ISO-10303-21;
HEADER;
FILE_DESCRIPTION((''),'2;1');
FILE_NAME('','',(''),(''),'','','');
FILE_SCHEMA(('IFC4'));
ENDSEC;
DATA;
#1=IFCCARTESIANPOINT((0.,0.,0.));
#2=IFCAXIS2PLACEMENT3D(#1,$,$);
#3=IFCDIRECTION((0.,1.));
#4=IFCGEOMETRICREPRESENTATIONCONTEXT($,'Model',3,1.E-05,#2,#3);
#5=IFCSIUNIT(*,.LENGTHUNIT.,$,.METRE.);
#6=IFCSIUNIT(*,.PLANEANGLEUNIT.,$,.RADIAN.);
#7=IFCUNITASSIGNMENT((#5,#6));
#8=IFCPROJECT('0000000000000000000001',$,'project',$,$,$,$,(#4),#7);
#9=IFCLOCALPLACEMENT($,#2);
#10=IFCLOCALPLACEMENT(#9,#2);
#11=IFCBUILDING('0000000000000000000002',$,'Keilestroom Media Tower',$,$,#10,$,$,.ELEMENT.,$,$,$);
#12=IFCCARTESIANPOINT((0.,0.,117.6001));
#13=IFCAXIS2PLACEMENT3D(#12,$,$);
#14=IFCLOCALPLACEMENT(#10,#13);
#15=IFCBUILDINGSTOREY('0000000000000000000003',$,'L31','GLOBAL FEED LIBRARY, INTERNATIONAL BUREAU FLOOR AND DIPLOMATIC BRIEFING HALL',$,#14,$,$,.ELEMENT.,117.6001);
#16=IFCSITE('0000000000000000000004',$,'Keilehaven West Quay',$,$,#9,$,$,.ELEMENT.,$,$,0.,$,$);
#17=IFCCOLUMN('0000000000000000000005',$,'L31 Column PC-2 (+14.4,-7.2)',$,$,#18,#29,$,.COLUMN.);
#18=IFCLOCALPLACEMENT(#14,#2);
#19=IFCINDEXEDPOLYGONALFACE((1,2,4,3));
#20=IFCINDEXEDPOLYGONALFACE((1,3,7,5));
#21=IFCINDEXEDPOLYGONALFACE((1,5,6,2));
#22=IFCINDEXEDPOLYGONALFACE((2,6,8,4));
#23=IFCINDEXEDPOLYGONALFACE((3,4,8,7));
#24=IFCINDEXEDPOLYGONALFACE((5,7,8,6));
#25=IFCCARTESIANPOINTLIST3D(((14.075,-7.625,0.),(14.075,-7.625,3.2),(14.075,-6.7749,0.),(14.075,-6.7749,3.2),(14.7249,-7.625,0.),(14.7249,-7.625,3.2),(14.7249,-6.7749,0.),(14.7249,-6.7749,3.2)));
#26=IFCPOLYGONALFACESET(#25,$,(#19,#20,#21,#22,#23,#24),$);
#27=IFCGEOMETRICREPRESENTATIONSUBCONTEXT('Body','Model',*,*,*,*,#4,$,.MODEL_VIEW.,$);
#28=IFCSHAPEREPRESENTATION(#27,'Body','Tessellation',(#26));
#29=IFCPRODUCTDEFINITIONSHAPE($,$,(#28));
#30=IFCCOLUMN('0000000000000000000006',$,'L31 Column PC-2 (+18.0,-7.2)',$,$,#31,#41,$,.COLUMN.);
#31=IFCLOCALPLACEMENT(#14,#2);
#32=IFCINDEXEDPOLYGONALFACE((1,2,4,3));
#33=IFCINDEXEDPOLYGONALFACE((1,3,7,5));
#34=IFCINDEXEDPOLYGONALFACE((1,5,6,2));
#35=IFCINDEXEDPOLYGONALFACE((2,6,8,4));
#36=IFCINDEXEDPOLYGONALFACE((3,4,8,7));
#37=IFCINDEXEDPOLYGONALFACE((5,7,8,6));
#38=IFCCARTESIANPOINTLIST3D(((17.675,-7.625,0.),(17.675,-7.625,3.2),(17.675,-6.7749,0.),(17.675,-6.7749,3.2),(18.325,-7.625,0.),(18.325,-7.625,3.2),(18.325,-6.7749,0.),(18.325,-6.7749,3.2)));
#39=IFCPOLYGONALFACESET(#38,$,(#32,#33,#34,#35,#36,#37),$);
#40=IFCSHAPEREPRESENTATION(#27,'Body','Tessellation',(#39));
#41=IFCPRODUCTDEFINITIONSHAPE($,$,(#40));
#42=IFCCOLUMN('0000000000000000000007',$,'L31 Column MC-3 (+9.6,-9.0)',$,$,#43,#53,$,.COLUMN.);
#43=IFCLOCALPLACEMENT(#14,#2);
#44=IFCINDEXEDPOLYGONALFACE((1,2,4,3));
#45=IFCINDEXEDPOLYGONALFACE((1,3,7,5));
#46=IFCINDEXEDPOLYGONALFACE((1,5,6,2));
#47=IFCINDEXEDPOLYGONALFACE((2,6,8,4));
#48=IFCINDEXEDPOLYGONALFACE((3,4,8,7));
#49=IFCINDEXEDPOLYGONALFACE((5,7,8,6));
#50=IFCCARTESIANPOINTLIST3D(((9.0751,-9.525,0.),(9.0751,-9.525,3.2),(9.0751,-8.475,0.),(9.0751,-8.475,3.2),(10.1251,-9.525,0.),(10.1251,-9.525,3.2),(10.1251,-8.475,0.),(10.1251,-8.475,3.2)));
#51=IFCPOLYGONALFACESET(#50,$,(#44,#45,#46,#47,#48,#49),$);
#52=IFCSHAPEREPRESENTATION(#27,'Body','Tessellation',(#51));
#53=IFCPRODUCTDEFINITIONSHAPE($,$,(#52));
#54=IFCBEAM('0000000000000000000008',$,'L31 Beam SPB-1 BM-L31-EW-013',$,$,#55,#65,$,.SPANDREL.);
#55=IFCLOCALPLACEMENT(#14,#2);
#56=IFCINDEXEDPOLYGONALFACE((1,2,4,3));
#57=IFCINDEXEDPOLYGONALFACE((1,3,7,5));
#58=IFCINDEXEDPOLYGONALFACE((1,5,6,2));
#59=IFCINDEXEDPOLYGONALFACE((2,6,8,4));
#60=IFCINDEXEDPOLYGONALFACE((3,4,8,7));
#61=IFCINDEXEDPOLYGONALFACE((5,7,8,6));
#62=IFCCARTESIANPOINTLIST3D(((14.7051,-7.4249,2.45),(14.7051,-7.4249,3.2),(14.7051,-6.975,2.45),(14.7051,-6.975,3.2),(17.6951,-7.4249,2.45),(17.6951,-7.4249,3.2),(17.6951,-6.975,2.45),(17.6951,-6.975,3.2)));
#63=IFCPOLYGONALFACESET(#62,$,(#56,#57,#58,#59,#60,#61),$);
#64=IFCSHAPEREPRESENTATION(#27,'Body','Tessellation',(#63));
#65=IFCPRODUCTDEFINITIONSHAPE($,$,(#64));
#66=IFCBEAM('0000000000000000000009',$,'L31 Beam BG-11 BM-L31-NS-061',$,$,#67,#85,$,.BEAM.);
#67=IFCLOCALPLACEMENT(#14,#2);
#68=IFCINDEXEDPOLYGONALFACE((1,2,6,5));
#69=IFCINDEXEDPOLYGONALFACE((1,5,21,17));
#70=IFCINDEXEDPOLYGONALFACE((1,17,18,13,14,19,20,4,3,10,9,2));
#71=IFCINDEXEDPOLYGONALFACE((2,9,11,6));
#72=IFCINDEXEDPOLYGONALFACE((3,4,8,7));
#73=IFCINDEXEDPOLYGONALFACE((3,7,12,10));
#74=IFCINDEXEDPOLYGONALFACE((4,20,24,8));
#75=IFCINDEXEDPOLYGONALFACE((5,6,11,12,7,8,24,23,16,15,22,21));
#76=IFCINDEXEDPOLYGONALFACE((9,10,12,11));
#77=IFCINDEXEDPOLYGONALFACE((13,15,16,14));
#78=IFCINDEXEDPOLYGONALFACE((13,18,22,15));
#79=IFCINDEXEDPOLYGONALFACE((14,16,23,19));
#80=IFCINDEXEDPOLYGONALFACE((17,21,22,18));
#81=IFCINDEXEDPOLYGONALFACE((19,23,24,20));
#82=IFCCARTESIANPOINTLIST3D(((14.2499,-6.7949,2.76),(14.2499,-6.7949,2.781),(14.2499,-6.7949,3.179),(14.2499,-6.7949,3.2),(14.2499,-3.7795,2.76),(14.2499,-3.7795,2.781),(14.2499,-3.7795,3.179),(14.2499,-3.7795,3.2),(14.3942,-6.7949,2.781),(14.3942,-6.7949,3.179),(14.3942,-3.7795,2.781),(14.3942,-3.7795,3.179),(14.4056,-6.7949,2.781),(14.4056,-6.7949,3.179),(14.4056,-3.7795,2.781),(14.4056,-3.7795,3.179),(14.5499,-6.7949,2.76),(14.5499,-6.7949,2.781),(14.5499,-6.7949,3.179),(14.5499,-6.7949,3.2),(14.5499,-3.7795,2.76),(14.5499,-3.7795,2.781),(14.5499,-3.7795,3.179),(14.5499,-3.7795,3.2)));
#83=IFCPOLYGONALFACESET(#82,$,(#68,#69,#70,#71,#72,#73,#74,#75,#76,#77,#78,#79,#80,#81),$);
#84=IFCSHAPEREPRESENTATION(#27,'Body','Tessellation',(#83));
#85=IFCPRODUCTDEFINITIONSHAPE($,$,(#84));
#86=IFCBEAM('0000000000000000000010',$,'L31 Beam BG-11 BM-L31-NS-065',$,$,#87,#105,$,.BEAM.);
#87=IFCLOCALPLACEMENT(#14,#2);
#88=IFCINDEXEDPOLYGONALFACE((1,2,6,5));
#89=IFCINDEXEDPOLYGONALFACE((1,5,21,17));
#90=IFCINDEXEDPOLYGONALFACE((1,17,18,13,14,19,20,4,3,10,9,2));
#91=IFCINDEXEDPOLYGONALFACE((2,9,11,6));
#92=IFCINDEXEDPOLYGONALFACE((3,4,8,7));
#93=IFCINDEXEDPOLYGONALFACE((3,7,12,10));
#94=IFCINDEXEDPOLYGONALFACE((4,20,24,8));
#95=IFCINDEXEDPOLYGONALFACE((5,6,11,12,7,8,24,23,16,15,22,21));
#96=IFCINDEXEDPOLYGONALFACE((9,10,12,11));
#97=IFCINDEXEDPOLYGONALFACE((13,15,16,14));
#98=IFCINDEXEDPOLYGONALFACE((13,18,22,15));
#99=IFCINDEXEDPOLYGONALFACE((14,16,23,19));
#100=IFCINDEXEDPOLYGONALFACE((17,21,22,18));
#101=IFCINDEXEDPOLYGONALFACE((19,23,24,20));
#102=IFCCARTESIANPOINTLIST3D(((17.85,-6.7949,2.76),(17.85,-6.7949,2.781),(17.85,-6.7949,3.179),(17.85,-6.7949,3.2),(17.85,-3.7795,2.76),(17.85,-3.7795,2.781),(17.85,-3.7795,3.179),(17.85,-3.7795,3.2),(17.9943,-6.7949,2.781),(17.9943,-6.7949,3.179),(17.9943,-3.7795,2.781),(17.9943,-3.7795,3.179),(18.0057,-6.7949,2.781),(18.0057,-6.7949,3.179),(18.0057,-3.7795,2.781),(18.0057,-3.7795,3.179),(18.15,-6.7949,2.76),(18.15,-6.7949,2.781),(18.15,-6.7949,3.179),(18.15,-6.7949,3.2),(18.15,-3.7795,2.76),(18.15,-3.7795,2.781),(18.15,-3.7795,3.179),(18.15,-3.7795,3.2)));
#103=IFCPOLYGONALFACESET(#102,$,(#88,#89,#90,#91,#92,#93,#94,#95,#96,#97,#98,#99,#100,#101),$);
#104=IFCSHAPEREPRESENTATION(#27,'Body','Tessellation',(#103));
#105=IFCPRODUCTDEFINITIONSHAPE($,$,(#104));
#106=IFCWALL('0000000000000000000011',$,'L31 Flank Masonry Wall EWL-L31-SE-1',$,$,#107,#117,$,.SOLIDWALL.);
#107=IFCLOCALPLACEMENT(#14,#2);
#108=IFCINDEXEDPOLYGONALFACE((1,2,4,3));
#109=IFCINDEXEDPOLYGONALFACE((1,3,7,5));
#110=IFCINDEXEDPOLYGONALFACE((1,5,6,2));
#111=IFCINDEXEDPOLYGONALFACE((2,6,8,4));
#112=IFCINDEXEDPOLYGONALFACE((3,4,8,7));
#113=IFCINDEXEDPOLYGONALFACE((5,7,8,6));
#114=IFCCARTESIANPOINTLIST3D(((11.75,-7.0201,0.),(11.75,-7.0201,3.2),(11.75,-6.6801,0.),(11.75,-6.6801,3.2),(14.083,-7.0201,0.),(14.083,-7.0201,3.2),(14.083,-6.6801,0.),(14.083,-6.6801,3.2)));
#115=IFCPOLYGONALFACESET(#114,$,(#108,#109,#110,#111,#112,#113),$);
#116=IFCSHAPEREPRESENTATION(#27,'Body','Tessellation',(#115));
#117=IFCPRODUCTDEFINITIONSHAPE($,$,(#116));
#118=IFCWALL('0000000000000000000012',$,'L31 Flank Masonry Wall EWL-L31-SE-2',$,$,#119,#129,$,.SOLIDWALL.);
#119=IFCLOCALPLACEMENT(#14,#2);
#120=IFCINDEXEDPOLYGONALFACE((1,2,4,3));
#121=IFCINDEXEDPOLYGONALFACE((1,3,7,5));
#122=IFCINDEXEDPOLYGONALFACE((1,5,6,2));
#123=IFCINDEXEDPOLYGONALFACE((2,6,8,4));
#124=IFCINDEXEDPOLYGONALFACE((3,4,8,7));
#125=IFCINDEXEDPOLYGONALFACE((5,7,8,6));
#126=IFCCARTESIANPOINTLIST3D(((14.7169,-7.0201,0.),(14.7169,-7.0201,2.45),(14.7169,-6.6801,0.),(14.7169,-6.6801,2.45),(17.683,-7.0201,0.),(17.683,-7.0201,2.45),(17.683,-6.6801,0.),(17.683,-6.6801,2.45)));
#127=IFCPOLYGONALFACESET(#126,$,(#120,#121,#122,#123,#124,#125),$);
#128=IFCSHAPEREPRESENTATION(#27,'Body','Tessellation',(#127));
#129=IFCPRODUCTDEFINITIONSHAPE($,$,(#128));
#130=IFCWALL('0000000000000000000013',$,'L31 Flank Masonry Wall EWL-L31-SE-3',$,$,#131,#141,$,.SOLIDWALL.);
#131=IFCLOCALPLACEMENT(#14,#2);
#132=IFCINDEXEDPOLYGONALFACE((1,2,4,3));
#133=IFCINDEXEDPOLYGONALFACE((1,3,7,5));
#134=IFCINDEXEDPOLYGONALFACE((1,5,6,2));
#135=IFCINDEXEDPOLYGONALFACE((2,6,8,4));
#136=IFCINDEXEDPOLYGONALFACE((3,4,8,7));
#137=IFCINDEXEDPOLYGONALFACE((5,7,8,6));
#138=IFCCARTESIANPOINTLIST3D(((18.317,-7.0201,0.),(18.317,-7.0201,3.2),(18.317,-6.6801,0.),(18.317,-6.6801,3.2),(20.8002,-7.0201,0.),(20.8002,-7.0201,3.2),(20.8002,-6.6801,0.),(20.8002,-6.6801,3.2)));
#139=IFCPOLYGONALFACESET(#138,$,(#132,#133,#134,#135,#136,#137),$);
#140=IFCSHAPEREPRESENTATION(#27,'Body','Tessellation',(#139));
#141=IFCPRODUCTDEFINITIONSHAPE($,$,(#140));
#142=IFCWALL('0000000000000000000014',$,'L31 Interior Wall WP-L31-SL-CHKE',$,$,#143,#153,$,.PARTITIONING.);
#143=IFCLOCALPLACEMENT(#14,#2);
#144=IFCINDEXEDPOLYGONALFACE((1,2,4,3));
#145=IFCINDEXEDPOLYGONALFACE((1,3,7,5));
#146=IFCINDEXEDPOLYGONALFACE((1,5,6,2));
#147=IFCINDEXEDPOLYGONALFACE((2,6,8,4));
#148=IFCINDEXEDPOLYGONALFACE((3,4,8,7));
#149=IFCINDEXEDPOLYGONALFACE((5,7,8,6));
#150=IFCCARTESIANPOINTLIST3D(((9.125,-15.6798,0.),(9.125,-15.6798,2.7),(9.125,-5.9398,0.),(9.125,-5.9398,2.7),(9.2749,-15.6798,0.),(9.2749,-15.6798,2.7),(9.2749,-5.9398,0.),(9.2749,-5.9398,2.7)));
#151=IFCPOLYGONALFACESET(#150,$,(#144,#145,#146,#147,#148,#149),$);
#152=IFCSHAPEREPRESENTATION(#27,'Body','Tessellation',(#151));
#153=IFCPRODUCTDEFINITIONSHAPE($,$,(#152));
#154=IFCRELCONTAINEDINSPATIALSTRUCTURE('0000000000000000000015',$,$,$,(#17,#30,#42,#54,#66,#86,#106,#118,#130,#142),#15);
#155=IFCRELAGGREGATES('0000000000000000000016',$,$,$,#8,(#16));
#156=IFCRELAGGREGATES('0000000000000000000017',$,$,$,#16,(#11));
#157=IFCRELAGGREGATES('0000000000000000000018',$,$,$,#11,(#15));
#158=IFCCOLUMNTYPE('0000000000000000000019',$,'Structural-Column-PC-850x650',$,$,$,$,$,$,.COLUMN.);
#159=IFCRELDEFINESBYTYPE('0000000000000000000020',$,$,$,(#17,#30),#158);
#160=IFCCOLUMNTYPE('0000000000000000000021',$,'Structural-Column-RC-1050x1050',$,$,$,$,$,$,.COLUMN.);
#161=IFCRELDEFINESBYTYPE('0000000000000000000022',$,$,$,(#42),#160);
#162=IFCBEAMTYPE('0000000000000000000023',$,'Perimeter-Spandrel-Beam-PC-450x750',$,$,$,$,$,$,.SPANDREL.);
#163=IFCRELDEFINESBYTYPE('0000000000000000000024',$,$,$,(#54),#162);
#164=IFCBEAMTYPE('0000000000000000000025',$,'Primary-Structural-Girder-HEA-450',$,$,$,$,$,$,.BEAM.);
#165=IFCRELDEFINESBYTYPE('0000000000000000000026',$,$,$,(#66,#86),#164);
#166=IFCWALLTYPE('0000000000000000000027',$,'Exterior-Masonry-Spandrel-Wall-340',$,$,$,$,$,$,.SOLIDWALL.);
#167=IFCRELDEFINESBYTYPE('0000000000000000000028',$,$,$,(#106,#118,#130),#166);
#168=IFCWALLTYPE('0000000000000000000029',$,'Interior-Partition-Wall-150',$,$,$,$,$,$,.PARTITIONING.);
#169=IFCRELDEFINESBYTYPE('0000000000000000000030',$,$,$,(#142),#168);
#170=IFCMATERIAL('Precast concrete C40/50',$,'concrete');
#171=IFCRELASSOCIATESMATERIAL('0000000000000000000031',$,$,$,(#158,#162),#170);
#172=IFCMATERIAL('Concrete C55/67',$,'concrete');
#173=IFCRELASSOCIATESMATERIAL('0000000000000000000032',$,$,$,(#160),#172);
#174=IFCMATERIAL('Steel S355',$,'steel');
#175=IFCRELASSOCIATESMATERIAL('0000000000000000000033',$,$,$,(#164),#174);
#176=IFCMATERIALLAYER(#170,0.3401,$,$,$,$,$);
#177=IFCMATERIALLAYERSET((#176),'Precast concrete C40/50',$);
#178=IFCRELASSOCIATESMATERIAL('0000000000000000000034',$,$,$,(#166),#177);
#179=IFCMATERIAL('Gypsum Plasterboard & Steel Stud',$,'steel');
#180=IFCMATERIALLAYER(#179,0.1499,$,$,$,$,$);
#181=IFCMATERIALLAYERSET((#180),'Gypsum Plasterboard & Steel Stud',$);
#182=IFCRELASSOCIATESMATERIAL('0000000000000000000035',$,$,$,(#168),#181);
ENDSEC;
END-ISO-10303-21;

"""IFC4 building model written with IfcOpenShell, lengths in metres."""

from ifc_helpers import new_model, si_unit, direction, frame, frame_2d, origin, origin_2d, place, context, subcontext, project, spatial, rectangle, i_section, extrude, source, transform, mapped, material, layer, layer_set, material_profile, profile_set, type_object, element, save


model = new_model("IFC4")

# Units and contexts
model_context = context("Model", 3, precision=1e-05, world=origin(), true_north=direction((0.0, 1.0)))
body_context = subcontext(model_context, "Body", "Model", "MODEL_VIEW")
ifc_project = project(units=[si_unit("LENGTHUNIT", "METRE"), si_unit("PLANEANGLEUNIT", "RADIAN")], contexts=[model_context])

# Site, building, storey
site_placement = place(None, origin())
site = spatial("IfcSite", under=ifc_project, at=site_placement, Name="Keilehaven West Quay", CompositionType="ELEMENT", RefElevation=0.0)
building_placement = place(site_placement, origin())
building = spatial("IfcBuilding", under=site, at=building_placement, Name="Keilestroom Media Tower", CompositionType="ELEMENT")
storey_placement = place(building_placement, frame((0.0, 0.0, 117.6001)))
storey = spatial("IfcBuildingStorey", under=building, at=storey_placement, Name="L31", Description="GLOBAL FEED LIBRARY, INTERNATIONAL BUREAU FLOOR AND DIPLOMATIC BRIEFING HALL", CompositionType="ELEMENT", Elevation=117.6001)

# Columns
ifc_material_1 = material(Name="Precast concrete C40/50", Category="concrete")
ifc_material_profile_1 = material_profile(ifc_material_1, rectangle(XDim=0.6499, YDim=0.8501, at=origin_2d()), Name="PC 850x650")
ifc_profile_set_1 = profile_set([ifc_material_profile_1], Name="Precast concrete C40/50")
column_type_1 = type_object("IfcColumnType", Name="Structural-Column-PC-850x650", PredefinedType="COLUMN", material=ifc_profile_set_1)
shared_shape_1 = source(origin(), body_context, "Body", "SweptSolid", [
    extrude(rectangle(XDim=0.6499, YDim=0.8501, at=origin_2d()), origin(), (0.0, 0.0, 1.0), 3.2),
])
for number, where, z_axis, x_axis, name in (
    (1, (14.3999, -7.2, 0.0), (0.0, 0.0, 1.0), (1.0, 0.0, 0.0), "L31 Column PC-2 (+14.4,-7.2)"),
    (2, (18.0, -7.2, 0.0), (0.0, 0.0, 1.0), (1.0, 0.0, 0.0), "L31 Column PC-2 (+18.0,-7.2)"),
):
    element("IfcColumn", number, at=place(storey_placement, frame(where, z_axis=z_axis, x_axis=x_axis)), inside=storey, type_object=column_type_1, Name=name, PredefinedType="COLUMN", context=body_context, shape_type="MappedRepresentation", body=[
        mapped(shared_shape_1, transform((0.0, 0.0, 0.0), x_axis=(1.0, 0.0, 0.0), y_axis=(0.0, 1.0, 0.0), z_axis=(0.0, 0.0, 1.0), scale=1.0)),
    ])
ifc_material_2 = material(Name="Concrete C55/67", Category="concrete")
ifc_material_profile_2 = material_profile(ifc_material_2, rectangle(XDim=1.05, YDim=1.05, at=origin_2d()), Name="RC 1050x1050")
ifc_profile_set_2 = profile_set([ifc_material_profile_2], Name="Concrete C55/67")
column_type_2 = type_object("IfcColumnType", Name="Structural-Column-RC-1050x1050", PredefinedType="COLUMN", material=ifc_profile_set_2)
shared_shape_2 = source(origin(), body_context, "Body", "SweptSolid", [
    extrude(rectangle(XDim=1.05, YDim=1.05, at=origin_2d()), origin(), (0.0, 0.0, 1.0), 3.2),
])
column_placement = place(storey_placement, frame((9.6001, -9.0, 0.0), z_axis=(0.0, 0.0, 1.0), x_axis=(1.0, 0.0, 0.0)))
element("IfcColumn", 3, at=column_placement, inside=storey, type_object=column_type_2, Name="L31 Column MC-3 (+9.6,-9.0)", PredefinedType="COLUMN", context=body_context, shape_type="MappedRepresentation", body=[
    mapped(shared_shape_2, transform((0.0, 0.0, 0.0), x_axis=(1.0, 0.0, 0.0), y_axis=(0.0, 1.0, 0.0), z_axis=(0.0, 0.0, 1.0), scale=1.0)),
])

# Beams
ifc_material_profile_3 = material_profile(ifc_material_1, rectangle(XDim=0.45, YDim=0.75, at=origin_2d()), Name="PC 450x750")
ifc_profile_set_3 = profile_set([ifc_material_profile_3], Name="Precast concrete C40/50")
beam_type_1 = type_object("IfcBeamType", Name="Perimeter-Spandrel-Beam-PC-450x750", PredefinedType="SPANDREL", material=ifc_profile_set_3)
shared_shape_3 = source(origin(), body_context, "Body", "SweptSolid", [
    extrude(rectangle(XDim=0.45, YDim=0.75, at=origin_2d()), origin(), (0.0, 0.0, 1.0), 2.99),
])
beam_placement = place(storey_placement, frame((14.7051, -7.2, 2.825), z_axis=(1.0, 0.0, 0.0), x_axis=(0.0, 1.0, 0.0)))
element("IfcBeam", 4, at=beam_placement, inside=storey, type_object=beam_type_1, Name="L31 Beam SPB-1 BM-L31-EW-013", PredefinedType="SPANDREL", context=body_context, shape_type="MappedRepresentation", body=[
    mapped(shared_shape_3, transform((0.0, 0.0, 0.0), x_axis=(1.0, 0.0, 0.0), y_axis=(0.0, 1.0, 0.0), z_axis=(0.0, 0.0, 1.0), scale=1.0)),
])
ifc_material_3 = material(Name="Steel S355", Category="steel")
ifc_material_profile_4 = material_profile(ifc_material_3, i_section(OverallWidth=0.3, OverallDepth=0.4399, WebThickness=0.0115, FlangeThickness=0.021, at=origin_2d()), Name="HEA 450")
ifc_profile_set_4 = profile_set([ifc_material_profile_4], Name="Steel S355")
beam_type_2 = type_object("IfcBeamType", Name="Primary-Structural-Girder-HEA-450", PredefinedType="BEAM", material=ifc_profile_set_4)
shared_shape_4 = source(origin(), body_context, "Body", "SweptSolid", [
    extrude(i_section(OverallWidth=0.3, OverallDepth=0.4399, WebThickness=0.0115, FlangeThickness=0.021, at=origin_2d()), origin(), (0.0, 0.0, 1.0), 3.0154),
])
for number, where, z_axis, x_axis, name in (
    (5, (14.3999, -6.7949, 2.98), (0.0, 1.0, 0.0), (-1.0, 0.0, 0.0), "L31 Beam BG-11 BM-L31-NS-061"),
    (6, (18.0, -6.7949, 2.98), (0.0, 1.0, 0.0), (-1.0, 0.0, 0.0), "L31 Beam BG-11 BM-L31-NS-065"),
):
    element("IfcBeam", number, at=place(storey_placement, frame(where, z_axis=z_axis, x_axis=x_axis)), inside=storey, type_object=beam_type_2, Name=name, PredefinedType="BEAM", context=body_context, shape_type="MappedRepresentation", body=[
        mapped(shared_shape_4, transform((0.0, 0.0, 0.0), x_axis=(1.0, 0.0, 0.0), y_axis=(0.0, 1.0, 0.0), z_axis=(0.0, 0.0, 1.0), scale=1.0)),
    ])

# Walls
ifc_layer_1 = layer(ifc_material_1, 0.3401)
ifc_layer_set_1 = layer_set([ifc_layer_1], Name="Precast concrete C40/50")
wall_type_1 = type_object("IfcWallType", Name="Exterior-Masonry-Spandrel-Wall-340", PredefinedType="SOLIDWALL", material=ifc_layer_set_1)
wall_1_placement = place(storey_placement, frame((11.75, -6.8501, 0.0), z_axis=(0.0, 0.0, 1.0), x_axis=(1.0, 0.0, 0.0)))
element("IfcWall", 7, at=wall_1_placement, inside=storey, type_object=wall_type_1, Name="L31 Flank Masonry Wall EWL-L31-SE-1", PredefinedType="SOLIDWALL", context=body_context, shape_type="SweptSolid", body=[
    extrude(rectangle(XDim=2.333, YDim=0.3401, at=frame_2d((1.1665, 0.0))), origin(), (0.0, 0.0, 1.0), 3.2),
])
wall_2_placement = place(storey_placement, frame((14.717, -6.8501, 0.0), z_axis=(0.0, 0.0, 1.0), x_axis=(1.0, 0.0, 0.0)))
element("IfcWall", 8, at=wall_2_placement, inside=storey, type_object=wall_type_1, Name="L31 Flank Masonry Wall EWL-L31-SE-2", PredefinedType="SOLIDWALL", context=body_context, shape_type="SweptSolid", body=[
    extrude(rectangle(XDim=2.9661, YDim=0.3401, at=frame_2d((1.4829, 0.0))), origin(), (0.0, 0.0, 1.0), 2.45),
])
wall_3_placement = place(storey_placement, frame((18.3169, -6.8501, 0.0), z_axis=(0.0, 0.0, 1.0), x_axis=(1.0, 0.0, 0.0)))
element("IfcWall", 9, at=wall_3_placement, inside=storey, type_object=wall_type_1, Name="L31 Flank Masonry Wall EWL-L31-SE-3", PredefinedType="SOLIDWALL", context=body_context, shape_type="SweptSolid", body=[
    extrude(rectangle(XDim=2.4832, YDim=0.3401, at=frame_2d((1.2417, 0.0))), origin(), (0.0, 0.0, 1.0), 3.2),
])
ifc_material_4 = material(Name="Gypsum Plasterboard & Steel Stud", Category="steel")
ifc_layer_2 = layer(ifc_material_4, 0.1499)
ifc_layer_set_2 = layer_set([ifc_layer_2], Name="Gypsum Plasterboard & Steel Stud")
wall_type_2 = type_object("IfcWallType", Name="Interior-Partition-Wall-150", PredefinedType="PARTITIONING", material=ifc_layer_set_2)
wall_4_placement = place(storey_placement, frame((9.2, -15.6799, 0.0), z_axis=(0.0, 0.0, 1.0), x_axis=(0.0, 1.0, 0.0)))
element("IfcWall", 10, at=wall_4_placement, inside=storey, type_object=wall_type_2, Name="L31 Interior Wall WP-L31-SL-CHKE", PredefinedType="PARTITIONING", context=body_context, shape_type="SweptSolid", body=[
    extrude(rectangle(XDim=9.74, YDim=0.1499, at=frame_2d((4.8701, 0.0))), origin(), (0.0, 0.0, 1.0), 2.7),
])

save(model, "model.ifc")
